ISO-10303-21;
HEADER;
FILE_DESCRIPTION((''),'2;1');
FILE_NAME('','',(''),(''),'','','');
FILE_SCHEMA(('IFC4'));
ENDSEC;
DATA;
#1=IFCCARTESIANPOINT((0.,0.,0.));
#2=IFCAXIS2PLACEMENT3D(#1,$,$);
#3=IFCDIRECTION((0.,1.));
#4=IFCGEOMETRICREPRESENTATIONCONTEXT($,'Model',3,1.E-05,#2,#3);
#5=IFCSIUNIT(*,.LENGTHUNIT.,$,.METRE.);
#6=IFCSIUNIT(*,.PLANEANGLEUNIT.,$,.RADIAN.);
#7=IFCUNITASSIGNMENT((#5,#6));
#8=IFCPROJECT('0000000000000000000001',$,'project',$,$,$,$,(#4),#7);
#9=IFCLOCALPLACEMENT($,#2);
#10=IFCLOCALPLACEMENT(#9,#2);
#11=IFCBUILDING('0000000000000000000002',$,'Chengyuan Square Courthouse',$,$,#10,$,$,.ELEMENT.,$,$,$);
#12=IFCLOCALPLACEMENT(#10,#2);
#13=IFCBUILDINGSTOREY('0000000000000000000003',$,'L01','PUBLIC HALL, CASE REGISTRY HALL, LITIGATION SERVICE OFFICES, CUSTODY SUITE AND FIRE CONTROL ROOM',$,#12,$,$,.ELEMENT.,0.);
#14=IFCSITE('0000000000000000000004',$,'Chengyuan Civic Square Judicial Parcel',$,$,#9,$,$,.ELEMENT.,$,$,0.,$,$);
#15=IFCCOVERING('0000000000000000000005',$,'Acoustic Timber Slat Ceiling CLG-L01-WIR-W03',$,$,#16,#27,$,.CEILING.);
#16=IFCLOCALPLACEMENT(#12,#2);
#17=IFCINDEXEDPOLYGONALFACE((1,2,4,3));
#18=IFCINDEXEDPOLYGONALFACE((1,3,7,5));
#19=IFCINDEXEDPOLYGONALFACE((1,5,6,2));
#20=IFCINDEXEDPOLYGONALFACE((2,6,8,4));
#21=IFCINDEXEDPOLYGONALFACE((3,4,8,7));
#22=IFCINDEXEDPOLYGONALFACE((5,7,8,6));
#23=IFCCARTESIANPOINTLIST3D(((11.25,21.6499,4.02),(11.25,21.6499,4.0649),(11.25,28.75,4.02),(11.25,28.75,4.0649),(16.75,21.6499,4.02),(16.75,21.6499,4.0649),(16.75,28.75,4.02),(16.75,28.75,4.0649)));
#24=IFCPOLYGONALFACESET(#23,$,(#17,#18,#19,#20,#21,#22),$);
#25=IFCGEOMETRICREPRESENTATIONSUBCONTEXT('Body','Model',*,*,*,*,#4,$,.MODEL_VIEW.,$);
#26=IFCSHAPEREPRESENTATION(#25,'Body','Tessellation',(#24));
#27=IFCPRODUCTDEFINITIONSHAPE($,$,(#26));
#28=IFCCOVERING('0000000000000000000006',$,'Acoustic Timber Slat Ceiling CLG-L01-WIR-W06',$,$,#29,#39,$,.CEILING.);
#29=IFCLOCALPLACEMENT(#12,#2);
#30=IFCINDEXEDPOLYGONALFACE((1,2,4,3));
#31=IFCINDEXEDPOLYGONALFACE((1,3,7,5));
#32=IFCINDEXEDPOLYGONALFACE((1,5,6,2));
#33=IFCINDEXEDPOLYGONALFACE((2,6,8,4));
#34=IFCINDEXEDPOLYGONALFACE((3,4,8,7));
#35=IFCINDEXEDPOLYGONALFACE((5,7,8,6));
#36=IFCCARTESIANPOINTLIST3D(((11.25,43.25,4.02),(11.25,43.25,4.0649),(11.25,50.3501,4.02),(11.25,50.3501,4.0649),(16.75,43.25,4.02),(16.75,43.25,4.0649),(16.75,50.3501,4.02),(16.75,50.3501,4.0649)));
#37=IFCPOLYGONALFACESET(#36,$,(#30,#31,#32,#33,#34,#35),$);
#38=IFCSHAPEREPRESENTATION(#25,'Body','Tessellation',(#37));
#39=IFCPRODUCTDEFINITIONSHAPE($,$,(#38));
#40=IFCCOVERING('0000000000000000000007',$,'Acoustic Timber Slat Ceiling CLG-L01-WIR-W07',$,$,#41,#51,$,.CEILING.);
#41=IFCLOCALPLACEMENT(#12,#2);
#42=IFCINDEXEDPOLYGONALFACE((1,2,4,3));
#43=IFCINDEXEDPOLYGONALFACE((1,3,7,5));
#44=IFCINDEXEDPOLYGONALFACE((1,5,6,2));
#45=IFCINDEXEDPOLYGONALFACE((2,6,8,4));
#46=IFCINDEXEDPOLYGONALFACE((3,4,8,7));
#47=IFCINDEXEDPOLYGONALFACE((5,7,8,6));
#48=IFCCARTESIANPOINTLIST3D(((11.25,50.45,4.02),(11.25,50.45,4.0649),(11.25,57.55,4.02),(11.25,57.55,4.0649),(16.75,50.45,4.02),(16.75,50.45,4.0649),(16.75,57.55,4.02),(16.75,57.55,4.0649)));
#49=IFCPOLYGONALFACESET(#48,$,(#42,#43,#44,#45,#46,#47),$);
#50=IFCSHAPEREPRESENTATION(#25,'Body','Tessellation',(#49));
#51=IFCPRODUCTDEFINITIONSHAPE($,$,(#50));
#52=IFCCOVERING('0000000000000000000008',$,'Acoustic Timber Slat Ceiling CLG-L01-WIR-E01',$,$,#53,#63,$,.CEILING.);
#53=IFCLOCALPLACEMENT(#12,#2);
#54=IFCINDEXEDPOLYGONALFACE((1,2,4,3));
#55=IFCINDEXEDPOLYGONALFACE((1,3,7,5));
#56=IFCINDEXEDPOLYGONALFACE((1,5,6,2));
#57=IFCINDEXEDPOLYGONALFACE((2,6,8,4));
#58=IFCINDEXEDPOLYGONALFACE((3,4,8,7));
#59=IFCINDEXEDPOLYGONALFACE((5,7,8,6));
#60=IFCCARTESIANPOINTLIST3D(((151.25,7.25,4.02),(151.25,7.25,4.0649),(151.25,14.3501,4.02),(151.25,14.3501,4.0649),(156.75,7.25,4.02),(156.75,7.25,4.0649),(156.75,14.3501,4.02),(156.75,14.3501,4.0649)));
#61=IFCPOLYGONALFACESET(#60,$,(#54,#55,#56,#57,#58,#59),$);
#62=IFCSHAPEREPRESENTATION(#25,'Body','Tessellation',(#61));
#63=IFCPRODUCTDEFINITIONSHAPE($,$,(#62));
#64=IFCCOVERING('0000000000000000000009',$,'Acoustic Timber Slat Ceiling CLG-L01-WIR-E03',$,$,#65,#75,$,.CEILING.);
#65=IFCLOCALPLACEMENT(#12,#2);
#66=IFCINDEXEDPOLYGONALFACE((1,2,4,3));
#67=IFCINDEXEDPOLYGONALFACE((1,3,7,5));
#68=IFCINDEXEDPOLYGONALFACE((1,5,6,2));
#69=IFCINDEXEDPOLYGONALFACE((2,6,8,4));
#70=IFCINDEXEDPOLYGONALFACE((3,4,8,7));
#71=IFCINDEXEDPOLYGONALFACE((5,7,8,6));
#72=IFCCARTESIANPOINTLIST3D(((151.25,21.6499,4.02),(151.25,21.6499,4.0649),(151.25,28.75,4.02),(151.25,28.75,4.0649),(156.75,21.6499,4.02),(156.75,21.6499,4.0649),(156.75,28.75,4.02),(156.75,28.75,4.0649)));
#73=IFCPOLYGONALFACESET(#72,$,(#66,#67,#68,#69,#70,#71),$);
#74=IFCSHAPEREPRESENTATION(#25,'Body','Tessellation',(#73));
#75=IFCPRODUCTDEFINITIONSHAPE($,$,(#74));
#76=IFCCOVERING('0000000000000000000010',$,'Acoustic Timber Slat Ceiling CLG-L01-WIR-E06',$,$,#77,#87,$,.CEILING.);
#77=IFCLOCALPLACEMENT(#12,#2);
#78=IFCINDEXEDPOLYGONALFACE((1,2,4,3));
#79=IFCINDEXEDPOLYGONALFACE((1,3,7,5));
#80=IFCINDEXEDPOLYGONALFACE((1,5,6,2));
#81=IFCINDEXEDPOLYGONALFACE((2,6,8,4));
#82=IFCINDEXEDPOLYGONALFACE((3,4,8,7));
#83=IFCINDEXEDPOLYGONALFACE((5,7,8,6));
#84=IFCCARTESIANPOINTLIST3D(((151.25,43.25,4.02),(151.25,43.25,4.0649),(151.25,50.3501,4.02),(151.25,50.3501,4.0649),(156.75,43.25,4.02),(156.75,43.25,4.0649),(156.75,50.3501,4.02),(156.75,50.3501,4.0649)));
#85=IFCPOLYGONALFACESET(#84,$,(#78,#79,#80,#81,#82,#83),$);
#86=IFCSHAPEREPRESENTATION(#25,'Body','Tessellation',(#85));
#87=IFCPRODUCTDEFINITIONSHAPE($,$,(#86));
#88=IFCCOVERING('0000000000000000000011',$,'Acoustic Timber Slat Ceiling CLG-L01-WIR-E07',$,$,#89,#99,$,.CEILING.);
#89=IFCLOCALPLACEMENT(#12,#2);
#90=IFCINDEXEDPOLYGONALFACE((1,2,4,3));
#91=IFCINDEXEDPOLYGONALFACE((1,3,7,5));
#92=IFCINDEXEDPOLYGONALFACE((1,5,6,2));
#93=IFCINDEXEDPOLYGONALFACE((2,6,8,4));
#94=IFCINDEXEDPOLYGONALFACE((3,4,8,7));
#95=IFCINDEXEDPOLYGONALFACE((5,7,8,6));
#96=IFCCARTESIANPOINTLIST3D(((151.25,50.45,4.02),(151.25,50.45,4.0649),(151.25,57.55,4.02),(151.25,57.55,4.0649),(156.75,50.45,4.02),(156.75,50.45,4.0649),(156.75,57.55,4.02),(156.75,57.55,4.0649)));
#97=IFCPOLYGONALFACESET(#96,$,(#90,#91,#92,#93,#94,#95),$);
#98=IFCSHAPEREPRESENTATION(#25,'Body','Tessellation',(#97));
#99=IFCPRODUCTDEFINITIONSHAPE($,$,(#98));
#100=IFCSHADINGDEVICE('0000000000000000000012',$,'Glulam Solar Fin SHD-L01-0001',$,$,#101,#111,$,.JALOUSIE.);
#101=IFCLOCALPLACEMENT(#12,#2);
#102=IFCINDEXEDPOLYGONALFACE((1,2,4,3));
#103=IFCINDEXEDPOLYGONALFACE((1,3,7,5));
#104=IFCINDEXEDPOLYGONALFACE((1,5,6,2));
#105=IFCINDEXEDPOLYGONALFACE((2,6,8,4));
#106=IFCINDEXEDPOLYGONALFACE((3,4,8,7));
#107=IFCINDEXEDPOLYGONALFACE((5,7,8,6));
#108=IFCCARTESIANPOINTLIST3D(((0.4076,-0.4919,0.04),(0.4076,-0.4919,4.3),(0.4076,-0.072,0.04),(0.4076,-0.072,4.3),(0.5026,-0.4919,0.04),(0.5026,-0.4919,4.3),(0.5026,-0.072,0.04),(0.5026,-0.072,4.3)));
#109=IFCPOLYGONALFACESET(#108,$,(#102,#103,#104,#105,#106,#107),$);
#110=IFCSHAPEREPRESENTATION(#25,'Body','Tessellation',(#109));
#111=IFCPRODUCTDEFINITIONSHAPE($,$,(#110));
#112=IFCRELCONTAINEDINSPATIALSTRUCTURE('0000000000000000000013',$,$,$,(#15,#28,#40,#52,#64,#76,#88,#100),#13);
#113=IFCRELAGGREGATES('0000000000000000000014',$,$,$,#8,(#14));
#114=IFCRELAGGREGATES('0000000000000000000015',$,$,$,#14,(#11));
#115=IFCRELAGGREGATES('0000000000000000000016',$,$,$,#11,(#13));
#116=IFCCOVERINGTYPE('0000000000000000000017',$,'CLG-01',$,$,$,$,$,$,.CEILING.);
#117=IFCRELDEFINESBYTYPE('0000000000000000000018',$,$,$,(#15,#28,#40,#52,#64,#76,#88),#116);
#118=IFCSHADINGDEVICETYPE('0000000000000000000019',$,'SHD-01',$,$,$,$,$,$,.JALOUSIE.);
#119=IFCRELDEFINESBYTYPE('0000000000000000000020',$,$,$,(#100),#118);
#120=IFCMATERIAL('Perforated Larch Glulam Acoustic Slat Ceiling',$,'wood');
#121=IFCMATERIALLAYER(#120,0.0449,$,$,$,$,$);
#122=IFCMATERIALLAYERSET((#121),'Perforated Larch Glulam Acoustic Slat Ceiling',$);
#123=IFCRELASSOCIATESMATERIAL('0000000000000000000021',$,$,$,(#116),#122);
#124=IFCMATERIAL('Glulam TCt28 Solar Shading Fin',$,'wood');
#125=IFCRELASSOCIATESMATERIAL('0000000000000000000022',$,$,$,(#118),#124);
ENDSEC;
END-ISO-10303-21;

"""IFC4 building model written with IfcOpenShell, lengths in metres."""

from ifc_helpers import new_model, si_unit, direction, frame, origin, origin_2d, place, context, subcontext, project, spatial, polyline, rectangle, outline, extrude, material, layer, layer_set, type_object, element, save


model = new_model("IFC4")

# Units and contexts
model_context = context("Model", 3, precision=1e-05, world=origin(), true_north=direction((0.0, 1.0)))
body_context = subcontext(model_context, "Body", "Model", "MODEL_VIEW")
ifc_project = project(units=[si_unit("LENGTHUNIT", "METRE"), si_unit("PLANEANGLEUNIT", "RADIAN")], contexts=[model_context])

# Site, building, storey
site_placement = place(None, origin())
site = spatial("IfcSite", under=ifc_project, at=site_placement, Name="Chengyuan Civic Square Judicial Parcel", CompositionType="ELEMENT", RefElevation=0.0)
building_placement = place(site_placement, origin())
building = spatial("IfcBuilding", under=site, at=building_placement, Name="Chengyuan Square Courthouse", CompositionType="ELEMENT")
storey_placement = place(building_placement, origin())
storey = spatial("IfcBuildingStorey", under=building, at=storey_placement, Name="L01", Description="PUBLIC HALL, CASE REGISTRY HALL, LITIGATION SERVICE OFFICES, CUSTODY SUITE AND FIRE CONTROL ROOM", CompositionType="ELEMENT", Elevation=0.0)

# Coverings
ifc_material_1 = material(Name="Perforated Larch Glulam Acoustic Slat Ceiling", Category="wood")
ifc_layer_1 = layer(ifc_material_1, 0.0449)
ifc_layer_set_1 = layer_set([ifc_layer_1], Name="Perforated Larch Glulam Acoustic Slat Ceiling")
covering_type_1 = type_object("IfcCoveringType", Name="CLG-01", PredefinedType="CEILING", material=ifc_layer_set_1)
covering_1_placement = place(storey_placement, frame((0.0, 0.0, 4.02)))
element("IfcCovering", 1, at=covering_1_placement, inside=storey, type_object=covering_type_1, Name="Acoustic Timber Slat Ceiling CLG-L01-WIR-W03", PredefinedType="CEILING", context=body_context, shape_type="SweptSolid", body=[
    extrude(outline(polyline([(11.25, 21.6499), (16.75, 21.6499), (16.75, 28.75), (11.25, 28.75), (11.25, 21.6499)])), origin(), (0.0, 0.0, 1.0), 0.0449),
])
covering_2_placement = place(storey_placement, frame((0.0, 0.0, 4.02)))
element("IfcCovering", 2, at=covering_2_placement, inside=storey, type_object=covering_type_1, Name="Acoustic Timber Slat Ceiling CLG-L01-WIR-W06", PredefinedType="CEILING", context=body_context, shape_type="SweptSolid", body=[
    extrude(outline(polyline([(11.25, 43.25), (16.75, 43.25), (16.75, 50.3501), (11.25, 50.3501), (11.25, 43.25)])), origin(), (0.0, 0.0, 1.0), 0.0449),
])
covering_3_placement = place(storey_placement, frame((0.0, 0.0, 4.02)))
element("IfcCovering", 3, at=covering_3_placement, inside=storey, type_object=covering_type_1, Name="Acoustic Timber Slat Ceiling CLG-L01-WIR-W07", PredefinedType="CEILING", context=body_context, shape_type="SweptSolid", body=[
    extrude(outline(polyline([(11.25, 50.45), (16.75, 50.45), (16.75, 57.55), (11.25, 57.55), (11.25, 50.45)])), origin(), (0.0, 0.0, 1.0), 0.0449),
])
covering_4_placement = place(storey_placement, frame((0.0, 0.0, 4.02)))
element("IfcCovering", 4, at=covering_4_placement, inside=storey, type_object=covering_type_1, Name="Acoustic Timber Slat Ceiling CLG-L01-WIR-E01", PredefinedType="CEILING", context=body_context, shape_type="SweptSolid", body=[
    extrude(outline(polyline([(151.25, 7.25), (156.75, 7.25), (156.75, 14.3501), (151.25, 14.3501), (151.25, 7.25)])), origin(), (0.0, 0.0, 1.0), 0.0449),
])
covering_5_placement = place(storey_placement, frame((0.0, 0.0, 4.02)))
element("IfcCovering", 5, at=covering_5_placement, inside=storey, type_object=covering_type_1, Name="Acoustic Timber Slat Ceiling CLG-L01-WIR-E03", PredefinedType="CEILING", context=body_context, shape_type="SweptSolid", body=[
    extrude(outline(polyline([(151.25, 21.6499), (156.75, 21.6499), (156.75, 28.75), (151.25, 28.75), (151.25, 21.6499)])), origin(), (0.0, 0.0, 1.0), 0.0449),
])
covering_6_placement = place(storey_placement, frame((0.0, 0.0, 4.02)))
element("IfcCovering", 6, at=covering_6_placement, inside=storey, type_object=covering_type_1, Name="Acoustic Timber Slat Ceiling CLG-L01-WIR-E06", PredefinedType="CEILING", context=body_context, shape_type="SweptSolid", body=[
    extrude(outline(polyline([(151.25, 43.25), (156.75, 43.25), (156.75, 50.3501), (151.25, 50.3501), (151.25, 43.25)])), origin(), (0.0, 0.0, 1.0), 0.0449),
])
covering_7_placement = place(storey_placement, frame((0.0, 0.0, 4.02)))
element("IfcCovering", 7, at=covering_7_placement, inside=storey, type_object=covering_type_1, Name="Acoustic Timber Slat Ceiling CLG-L01-WIR-E07", PredefinedType="CEILING", context=body_context, shape_type="SweptSolid", body=[
    extrude(outline(polyline([(151.25, 50.45), (156.75, 50.45), (156.75, 57.55), (151.25, 57.55), (151.25, 50.45)])), origin(), (0.0, 0.0, 1.0), 0.0449),
])

# Shading device
ifc_material_2 = material(Name="Glulam TCt28 Solar Shading Fin", Category="wood")
shading_device_type = type_object("IfcShadingDeviceType", Name="SHD-01", PredefinedType="JALOUSIE", material=ifc_material_2)
shading_device_placement = place(storey_placement, frame((0.4551, -0.282, 0.04), z_axis=(0.0, 0.0, 1.0), x_axis=(0.0, 1.0, 0.0)))
element("IfcShadingDevice", 8, at=shading_device_placement, inside=storey, type_object=shading_device_type, Name="Glulam Solar Fin SHD-L01-0001", PredefinedType="JALOUSIE", context=body_context, shape_type="SweptSolid", body=[
    extrude(rectangle(XDim=0.4199, YDim=0.095, at=origin_2d()), origin(), (0.0, 0.0, 1.0), 4.26),
])

save(model, "model.ifc")
